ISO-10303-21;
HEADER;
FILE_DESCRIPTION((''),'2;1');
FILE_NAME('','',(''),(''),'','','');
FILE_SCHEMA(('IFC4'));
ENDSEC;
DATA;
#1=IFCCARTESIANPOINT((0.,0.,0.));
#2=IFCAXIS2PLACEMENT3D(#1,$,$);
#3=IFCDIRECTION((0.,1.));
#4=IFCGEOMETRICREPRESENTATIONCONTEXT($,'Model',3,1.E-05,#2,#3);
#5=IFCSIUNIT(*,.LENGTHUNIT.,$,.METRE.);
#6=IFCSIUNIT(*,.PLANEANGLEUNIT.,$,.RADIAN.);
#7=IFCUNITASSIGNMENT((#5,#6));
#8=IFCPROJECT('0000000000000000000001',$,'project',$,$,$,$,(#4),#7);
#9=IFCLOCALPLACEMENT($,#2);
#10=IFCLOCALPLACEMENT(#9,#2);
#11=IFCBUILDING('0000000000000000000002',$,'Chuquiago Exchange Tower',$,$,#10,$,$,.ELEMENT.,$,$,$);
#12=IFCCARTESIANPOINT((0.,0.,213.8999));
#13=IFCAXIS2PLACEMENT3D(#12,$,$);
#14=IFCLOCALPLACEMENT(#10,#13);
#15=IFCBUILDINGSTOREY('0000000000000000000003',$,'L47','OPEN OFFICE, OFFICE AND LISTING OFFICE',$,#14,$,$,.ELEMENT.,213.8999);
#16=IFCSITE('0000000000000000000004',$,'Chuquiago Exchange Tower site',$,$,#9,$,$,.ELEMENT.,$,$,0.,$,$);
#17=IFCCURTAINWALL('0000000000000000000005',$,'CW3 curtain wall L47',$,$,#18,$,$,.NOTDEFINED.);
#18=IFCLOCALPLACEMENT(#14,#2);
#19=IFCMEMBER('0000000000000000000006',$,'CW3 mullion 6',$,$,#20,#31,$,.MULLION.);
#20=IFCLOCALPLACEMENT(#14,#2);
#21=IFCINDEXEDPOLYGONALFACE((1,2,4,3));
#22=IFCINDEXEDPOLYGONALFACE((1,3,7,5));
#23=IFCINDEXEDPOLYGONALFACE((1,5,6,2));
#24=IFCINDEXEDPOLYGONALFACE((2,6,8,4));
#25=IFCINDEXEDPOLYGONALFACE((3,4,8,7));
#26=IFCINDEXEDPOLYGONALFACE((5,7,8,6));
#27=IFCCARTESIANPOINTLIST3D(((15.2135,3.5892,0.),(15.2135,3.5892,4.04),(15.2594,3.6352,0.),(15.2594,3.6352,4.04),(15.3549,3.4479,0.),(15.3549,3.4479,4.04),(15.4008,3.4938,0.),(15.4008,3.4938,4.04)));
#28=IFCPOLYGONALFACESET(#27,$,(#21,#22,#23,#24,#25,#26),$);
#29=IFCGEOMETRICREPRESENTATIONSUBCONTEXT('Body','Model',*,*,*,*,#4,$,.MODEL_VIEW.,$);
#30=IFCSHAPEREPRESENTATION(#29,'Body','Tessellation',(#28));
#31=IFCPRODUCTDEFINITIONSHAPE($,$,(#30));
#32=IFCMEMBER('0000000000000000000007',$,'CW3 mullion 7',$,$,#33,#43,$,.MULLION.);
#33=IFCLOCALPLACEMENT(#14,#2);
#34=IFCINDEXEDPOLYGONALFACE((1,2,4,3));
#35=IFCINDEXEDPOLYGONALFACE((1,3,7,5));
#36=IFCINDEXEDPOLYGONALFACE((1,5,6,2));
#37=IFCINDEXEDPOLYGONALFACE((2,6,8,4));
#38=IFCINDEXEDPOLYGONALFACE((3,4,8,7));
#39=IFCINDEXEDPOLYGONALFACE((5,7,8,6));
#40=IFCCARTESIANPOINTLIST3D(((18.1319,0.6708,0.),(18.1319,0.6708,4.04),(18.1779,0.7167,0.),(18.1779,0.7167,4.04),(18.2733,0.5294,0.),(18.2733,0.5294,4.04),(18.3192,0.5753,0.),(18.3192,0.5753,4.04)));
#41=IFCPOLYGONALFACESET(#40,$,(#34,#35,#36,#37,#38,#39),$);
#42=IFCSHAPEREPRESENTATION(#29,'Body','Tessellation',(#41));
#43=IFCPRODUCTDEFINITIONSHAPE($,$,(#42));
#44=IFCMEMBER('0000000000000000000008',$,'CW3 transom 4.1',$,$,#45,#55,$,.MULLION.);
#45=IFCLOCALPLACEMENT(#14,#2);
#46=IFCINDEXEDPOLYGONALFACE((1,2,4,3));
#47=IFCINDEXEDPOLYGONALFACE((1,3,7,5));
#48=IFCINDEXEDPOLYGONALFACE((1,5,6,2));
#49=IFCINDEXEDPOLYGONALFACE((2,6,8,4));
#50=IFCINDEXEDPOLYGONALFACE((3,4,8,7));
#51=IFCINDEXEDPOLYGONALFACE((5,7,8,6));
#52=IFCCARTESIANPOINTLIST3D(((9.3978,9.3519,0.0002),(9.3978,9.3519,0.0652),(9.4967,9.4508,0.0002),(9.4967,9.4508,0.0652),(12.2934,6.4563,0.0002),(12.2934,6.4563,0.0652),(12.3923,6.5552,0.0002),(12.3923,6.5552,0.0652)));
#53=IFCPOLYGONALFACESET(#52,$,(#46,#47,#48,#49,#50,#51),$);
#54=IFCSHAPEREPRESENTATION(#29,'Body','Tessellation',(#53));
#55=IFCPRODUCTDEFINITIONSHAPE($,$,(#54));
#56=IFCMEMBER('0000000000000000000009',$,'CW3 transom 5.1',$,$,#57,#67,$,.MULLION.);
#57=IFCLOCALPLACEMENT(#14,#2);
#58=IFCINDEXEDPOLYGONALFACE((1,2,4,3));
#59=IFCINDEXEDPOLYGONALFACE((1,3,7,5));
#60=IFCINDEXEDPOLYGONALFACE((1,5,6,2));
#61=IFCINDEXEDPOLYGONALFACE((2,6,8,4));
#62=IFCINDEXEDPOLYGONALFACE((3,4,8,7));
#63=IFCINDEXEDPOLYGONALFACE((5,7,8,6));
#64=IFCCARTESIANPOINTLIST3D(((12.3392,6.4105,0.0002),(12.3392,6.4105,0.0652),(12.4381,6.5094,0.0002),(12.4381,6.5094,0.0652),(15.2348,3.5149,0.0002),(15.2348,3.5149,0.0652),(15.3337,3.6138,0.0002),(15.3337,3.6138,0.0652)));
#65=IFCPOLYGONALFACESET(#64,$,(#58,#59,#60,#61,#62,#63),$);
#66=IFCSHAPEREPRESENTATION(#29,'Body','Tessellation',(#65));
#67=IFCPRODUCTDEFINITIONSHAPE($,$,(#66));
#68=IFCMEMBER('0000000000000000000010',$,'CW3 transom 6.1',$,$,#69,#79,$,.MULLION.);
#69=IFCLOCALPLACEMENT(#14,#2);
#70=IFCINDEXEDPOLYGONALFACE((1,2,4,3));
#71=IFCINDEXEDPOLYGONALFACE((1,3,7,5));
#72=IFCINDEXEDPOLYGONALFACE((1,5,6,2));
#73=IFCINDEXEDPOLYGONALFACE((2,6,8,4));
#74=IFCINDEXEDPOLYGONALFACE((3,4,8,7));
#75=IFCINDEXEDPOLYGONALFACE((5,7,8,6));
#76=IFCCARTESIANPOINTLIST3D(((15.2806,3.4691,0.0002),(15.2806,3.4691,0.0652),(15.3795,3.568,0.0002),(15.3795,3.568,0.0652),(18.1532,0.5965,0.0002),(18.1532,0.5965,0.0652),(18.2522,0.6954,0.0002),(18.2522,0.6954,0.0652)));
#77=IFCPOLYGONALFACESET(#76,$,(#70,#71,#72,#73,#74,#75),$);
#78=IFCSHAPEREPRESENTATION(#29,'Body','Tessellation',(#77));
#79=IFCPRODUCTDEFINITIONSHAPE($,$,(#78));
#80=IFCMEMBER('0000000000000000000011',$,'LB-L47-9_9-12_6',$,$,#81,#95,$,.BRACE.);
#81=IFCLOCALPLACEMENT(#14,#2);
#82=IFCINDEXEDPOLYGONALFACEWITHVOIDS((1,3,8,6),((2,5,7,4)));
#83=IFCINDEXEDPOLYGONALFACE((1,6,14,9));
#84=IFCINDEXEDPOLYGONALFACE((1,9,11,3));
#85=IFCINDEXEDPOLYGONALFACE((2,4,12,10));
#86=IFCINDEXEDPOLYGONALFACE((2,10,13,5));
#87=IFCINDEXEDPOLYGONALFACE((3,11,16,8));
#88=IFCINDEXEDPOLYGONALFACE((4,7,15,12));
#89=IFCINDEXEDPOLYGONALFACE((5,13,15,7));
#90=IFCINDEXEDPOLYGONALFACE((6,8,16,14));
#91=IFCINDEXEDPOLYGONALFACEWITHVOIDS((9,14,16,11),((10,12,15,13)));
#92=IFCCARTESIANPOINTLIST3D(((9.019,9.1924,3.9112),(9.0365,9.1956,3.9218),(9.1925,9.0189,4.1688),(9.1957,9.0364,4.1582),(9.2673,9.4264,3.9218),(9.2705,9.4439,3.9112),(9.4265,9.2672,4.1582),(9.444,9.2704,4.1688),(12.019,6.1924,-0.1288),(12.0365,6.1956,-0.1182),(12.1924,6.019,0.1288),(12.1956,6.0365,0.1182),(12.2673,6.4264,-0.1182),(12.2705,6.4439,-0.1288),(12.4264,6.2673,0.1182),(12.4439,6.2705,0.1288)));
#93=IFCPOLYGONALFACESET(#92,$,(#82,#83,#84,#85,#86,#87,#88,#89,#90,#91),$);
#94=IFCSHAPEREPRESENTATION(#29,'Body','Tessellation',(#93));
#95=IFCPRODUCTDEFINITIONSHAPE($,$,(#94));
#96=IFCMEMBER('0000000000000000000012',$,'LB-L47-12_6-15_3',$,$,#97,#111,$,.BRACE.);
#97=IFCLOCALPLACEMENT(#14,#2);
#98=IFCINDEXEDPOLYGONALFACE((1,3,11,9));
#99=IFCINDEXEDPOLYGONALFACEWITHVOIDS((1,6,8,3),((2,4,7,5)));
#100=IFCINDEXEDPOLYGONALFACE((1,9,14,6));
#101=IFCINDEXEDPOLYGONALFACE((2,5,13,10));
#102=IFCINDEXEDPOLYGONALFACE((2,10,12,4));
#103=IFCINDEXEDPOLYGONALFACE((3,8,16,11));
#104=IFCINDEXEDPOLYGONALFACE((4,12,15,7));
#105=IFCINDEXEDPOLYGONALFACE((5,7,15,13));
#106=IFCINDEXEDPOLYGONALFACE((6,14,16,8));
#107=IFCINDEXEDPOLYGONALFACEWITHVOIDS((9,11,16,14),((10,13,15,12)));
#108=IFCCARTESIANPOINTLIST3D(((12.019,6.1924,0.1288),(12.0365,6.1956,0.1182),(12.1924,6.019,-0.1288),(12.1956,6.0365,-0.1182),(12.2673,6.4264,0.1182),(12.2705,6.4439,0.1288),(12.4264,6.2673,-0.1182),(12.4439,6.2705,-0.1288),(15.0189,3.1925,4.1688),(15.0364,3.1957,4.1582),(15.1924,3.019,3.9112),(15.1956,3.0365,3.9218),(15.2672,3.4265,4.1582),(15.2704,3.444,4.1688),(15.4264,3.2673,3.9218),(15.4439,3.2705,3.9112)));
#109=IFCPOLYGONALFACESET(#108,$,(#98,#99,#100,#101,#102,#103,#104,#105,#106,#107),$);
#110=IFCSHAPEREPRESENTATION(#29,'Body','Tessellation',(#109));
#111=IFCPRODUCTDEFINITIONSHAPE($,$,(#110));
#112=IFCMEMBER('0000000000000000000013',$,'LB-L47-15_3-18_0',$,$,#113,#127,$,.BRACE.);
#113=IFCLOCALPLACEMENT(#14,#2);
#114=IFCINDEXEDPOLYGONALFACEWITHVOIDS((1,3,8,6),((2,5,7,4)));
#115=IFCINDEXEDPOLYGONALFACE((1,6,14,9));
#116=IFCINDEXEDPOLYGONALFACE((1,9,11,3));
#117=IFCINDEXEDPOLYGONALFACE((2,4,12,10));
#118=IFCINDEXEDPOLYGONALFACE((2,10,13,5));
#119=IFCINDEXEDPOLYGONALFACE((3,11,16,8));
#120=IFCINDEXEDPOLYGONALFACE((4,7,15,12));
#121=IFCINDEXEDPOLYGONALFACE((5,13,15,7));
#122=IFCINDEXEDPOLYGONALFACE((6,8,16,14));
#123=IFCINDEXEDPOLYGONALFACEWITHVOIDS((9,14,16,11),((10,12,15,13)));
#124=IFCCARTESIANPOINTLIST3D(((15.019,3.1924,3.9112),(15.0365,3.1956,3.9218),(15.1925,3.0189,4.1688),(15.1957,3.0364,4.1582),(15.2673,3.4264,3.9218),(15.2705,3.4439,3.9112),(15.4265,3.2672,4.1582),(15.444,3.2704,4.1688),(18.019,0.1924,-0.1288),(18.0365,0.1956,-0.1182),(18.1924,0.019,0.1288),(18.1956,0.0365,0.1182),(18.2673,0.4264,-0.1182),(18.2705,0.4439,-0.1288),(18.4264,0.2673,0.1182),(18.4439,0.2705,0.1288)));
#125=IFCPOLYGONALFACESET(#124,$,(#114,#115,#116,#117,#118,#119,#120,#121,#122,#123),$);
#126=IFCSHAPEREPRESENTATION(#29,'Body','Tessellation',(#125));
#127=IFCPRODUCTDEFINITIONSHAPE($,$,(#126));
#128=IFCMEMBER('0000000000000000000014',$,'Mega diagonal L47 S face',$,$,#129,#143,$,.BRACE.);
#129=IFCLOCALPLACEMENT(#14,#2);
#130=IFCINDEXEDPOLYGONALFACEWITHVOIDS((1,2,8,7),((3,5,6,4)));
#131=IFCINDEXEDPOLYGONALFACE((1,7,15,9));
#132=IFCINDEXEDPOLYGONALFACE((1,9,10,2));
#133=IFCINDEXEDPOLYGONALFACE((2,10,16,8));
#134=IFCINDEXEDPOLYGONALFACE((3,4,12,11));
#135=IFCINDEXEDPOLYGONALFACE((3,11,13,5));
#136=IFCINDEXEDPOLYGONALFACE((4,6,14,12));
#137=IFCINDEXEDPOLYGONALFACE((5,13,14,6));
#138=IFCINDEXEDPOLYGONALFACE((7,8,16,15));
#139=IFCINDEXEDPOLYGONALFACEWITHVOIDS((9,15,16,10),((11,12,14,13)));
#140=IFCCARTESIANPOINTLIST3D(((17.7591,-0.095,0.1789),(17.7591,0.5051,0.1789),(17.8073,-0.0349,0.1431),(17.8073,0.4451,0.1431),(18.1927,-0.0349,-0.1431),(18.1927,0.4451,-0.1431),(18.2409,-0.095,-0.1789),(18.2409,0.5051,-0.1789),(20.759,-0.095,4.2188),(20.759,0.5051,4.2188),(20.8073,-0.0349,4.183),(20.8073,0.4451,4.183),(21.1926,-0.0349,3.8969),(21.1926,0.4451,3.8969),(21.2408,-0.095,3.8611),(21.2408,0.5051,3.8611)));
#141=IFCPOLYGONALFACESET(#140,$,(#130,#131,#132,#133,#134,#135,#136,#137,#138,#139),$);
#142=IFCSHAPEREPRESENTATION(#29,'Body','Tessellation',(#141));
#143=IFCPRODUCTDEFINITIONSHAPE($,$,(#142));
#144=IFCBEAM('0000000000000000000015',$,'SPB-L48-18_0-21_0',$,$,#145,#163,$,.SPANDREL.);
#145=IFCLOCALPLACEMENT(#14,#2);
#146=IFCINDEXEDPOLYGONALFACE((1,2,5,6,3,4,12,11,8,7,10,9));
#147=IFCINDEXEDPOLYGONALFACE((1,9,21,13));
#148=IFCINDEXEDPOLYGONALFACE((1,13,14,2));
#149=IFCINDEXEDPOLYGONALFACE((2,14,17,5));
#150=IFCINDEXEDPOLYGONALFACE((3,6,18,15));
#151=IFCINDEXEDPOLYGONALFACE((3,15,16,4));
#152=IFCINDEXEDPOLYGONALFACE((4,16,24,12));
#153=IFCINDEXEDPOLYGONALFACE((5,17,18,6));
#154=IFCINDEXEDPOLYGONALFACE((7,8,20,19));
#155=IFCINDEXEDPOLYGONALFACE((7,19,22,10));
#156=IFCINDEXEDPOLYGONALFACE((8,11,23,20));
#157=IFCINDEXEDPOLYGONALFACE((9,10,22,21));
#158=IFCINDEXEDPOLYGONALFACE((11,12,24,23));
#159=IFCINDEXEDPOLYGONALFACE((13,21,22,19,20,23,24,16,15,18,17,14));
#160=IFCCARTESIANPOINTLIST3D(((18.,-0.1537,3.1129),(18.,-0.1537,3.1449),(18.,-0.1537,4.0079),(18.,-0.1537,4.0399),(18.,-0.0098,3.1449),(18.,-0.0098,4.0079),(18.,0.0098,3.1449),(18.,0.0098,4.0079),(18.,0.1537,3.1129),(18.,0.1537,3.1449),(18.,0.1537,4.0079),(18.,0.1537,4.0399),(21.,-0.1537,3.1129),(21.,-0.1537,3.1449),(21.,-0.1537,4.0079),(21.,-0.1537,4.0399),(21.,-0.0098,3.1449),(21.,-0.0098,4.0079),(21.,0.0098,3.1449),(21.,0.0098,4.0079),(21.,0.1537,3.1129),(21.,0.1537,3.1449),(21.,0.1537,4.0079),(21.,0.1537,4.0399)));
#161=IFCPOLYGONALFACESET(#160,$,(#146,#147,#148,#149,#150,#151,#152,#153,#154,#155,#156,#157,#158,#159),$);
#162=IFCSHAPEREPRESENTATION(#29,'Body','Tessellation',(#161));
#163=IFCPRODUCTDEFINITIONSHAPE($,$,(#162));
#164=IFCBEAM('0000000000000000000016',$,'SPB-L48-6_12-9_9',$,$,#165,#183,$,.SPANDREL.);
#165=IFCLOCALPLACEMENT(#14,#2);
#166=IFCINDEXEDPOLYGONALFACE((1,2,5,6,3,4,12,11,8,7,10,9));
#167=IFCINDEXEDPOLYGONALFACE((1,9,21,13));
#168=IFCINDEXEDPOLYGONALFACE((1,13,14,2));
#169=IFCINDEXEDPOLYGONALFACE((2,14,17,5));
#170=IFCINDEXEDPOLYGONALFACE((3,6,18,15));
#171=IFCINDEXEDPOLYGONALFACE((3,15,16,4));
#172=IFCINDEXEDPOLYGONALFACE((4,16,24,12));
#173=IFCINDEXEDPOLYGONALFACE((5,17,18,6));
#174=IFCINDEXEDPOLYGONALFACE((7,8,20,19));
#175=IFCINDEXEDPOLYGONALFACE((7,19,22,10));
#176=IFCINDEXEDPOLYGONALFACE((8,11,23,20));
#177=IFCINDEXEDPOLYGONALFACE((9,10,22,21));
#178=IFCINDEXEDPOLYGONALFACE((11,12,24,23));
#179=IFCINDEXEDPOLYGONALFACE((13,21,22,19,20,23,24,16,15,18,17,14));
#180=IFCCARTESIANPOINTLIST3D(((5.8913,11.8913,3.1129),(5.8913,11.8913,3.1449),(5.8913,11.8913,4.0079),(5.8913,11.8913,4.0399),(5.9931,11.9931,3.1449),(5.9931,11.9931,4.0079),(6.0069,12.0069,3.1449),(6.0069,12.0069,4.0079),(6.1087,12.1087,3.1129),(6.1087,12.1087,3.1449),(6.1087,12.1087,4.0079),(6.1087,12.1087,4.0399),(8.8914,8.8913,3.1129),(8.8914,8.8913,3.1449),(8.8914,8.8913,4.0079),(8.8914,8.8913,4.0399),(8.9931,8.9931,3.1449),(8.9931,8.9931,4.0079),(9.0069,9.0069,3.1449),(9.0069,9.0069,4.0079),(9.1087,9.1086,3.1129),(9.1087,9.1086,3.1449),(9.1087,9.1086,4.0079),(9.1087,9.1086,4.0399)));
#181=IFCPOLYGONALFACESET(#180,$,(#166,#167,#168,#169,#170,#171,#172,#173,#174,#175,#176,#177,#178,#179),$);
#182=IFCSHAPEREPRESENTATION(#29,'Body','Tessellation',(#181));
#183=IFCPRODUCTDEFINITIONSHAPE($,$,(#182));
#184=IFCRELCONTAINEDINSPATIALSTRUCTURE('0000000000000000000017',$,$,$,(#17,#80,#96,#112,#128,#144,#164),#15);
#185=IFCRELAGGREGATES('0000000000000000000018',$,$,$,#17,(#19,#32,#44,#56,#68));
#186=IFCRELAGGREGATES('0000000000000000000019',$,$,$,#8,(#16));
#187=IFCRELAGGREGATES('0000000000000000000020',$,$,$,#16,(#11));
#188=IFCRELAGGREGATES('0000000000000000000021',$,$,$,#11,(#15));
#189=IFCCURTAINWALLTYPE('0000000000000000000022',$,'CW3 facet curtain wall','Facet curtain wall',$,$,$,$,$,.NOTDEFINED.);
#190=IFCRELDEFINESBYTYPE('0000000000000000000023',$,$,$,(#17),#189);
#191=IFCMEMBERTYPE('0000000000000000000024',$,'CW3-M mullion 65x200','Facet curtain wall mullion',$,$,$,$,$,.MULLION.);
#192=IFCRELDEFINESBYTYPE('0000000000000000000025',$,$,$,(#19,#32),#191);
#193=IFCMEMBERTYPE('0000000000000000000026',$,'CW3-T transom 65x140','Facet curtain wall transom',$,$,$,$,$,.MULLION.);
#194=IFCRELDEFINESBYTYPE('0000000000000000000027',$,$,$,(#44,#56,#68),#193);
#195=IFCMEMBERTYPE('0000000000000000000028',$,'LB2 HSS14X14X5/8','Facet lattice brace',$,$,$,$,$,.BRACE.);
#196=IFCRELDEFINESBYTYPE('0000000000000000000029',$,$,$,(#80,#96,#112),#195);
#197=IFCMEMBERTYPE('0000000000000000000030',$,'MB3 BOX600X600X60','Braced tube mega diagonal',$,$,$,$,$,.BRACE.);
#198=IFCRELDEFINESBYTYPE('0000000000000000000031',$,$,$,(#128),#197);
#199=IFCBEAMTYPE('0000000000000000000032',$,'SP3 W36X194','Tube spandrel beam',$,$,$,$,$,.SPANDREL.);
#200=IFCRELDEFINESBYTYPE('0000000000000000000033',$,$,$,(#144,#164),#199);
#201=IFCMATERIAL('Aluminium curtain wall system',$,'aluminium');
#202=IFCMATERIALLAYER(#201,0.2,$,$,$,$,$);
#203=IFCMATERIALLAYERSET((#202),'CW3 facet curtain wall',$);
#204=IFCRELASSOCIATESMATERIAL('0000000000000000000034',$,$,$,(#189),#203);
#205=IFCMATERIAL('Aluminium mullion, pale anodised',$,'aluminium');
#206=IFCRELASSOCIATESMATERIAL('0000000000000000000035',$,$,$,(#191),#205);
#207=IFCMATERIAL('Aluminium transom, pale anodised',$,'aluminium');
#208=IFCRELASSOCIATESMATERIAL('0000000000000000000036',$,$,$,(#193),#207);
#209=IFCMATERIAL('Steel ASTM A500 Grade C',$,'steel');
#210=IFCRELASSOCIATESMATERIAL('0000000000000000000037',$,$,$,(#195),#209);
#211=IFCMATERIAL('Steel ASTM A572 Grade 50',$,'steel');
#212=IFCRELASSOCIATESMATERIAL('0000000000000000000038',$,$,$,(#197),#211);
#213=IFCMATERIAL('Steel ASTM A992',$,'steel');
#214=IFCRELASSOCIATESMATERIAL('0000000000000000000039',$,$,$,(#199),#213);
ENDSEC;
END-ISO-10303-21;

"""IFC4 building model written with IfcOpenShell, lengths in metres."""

from ifc_helpers import new_model, si_unit, direction, frame, origin, origin_2d, place, context, subcontext, project, spatial, rectangle, hollow_rectangle, i_section, extrude, material, layer, layer_set, material_profile, profile_set, type_object, element, aggregate, save


model = new_model("IFC4")

# Units and contexts
model_context = context("Model", 3, precision=1e-05, world=origin(), true_north=direction((0.0, 1.0)))
body_context = subcontext(model_context, "Body", "Model", "MODEL_VIEW")
ifc_project = project(units=[si_unit("LENGTHUNIT", "METRE"), si_unit("PLANEANGLEUNIT", "RADIAN")], contexts=[model_context])

# Site, building, storey
site_placement = place(None, origin())
site = spatial("IfcSite", under=ifc_project, at=site_placement, Name="Chuquiago Exchange Tower site", CompositionType="ELEMENT", RefElevation=0.0)
building_placement = place(site_placement, origin())
building = spatial("IfcBuilding", under=site, at=building_placement, Name="Chuquiago Exchange Tower", CompositionType="ELEMENT")
storey_placement = place(building_placement, frame((0.0, 0.0, 213.8999)))
storey = spatial("IfcBuildingStorey", under=building, at=storey_placement, Name="L47", Description="OPEN OFFICE, OFFICE AND LISTING OFFICE", CompositionType="ELEMENT", Elevation=213.8999)

# Curtain wall, members
ifc_material_1 = material(Name="Aluminium curtain wall system", Category="aluminium")
ifc_layer_1 = layer(ifc_material_1, 0.2)
ifc_layer_set_1 = layer_set([ifc_layer_1], Name="CW3 facet curtain wall")
curtain_wall_type_1 = type_object("IfcCurtainWallType", Name="CW3 facet curtain wall", Description="Facet curtain wall", PredefinedType="NOTDEFINED", material=ifc_layer_set_1)
curtain_wall_1_placement = place(storey_placement, origin())
curtain_wall_1 = element("IfcCurtainWall", 1, at=curtain_wall_1_placement, inside=storey, type_object=curtain_wall_type_1, Name="CW3 curtain wall L47", PredefinedType="NOTDEFINED")
ifc_material_2 = material(Name="Aluminium mullion, pale anodised", Category="aluminium")
ifc_material_profile_1 = material_profile(ifc_material_2, rectangle(XDim=0.0649, YDim=0.2, at=origin_2d()), Name="AL 65x200")
ifc_profile_set_1 = profile_set([ifc_material_profile_1], Name="Aluminium mullion, pale anodised")
member_type_1 = type_object("IfcMemberType", Name="CW3-M mullion 65x200", Description="Facet curtain wall mullion", PredefinedType="MULLION", material=ifc_profile_set_1)
member_1_placement = place(storey_placement, frame((15.3071, 3.5415, 0.0), z_axis=(0.0, 0.0, 1.0), x_axis=(0.707107, 0.707107, 0.0)))
member_1 = element("IfcMember", 2, at=member_1_placement, type_object=member_type_1, Name="CW3 mullion 6", PredefinedType="MULLION", context=body_context, shape_type="SweptSolid", body=[
    extrude(rectangle(XDim=0.0649, YDim=0.2, at=origin_2d()), origin(), (0.0, 0.0, 1.0), 4.04),
])
member_2_placement = place(storey_placement, frame((18.2256, 0.623, 0.0), z_axis=(0.0, 0.0, 1.0), x_axis=(0.707107, 0.707107, 0.0)))
member_2 = element("IfcMember", 3, at=member_2_placement, type_object=member_type_1, Name="CW3 mullion 7", PredefinedType="MULLION", context=body_context, shape_type="SweptSolid", body=[
    extrude(rectangle(XDim=0.0649, YDim=0.2, at=origin_2d()), origin(), (0.0, 0.0, 1.0), 4.04),
])
ifc_material_3 = material(Name="Aluminium transom, pale anodised", Category="aluminium")
ifc_material_profile_2 = material_profile(ifc_material_3, rectangle(XDim=0.1399, YDim=0.0649, at=origin_2d()), Name="AL 140x65")
ifc_profile_set_2 = profile_set([ifc_material_profile_2], Name="Aluminium transom, pale anodised")
member_type_2 = type_object("IfcMemberType", Name="CW3-T transom 65x140", Description="Facet curtain wall transom", PredefinedType="MULLION", material=ifc_profile_set_2)
member_3_placement = place(storey_placement, frame((9.4473, 9.4014, 0.0327), z_axis=(0.707107, -0.707107, 0.0), x_axis=(0.707107, 0.707107, 0.0)))
member_3 = element("IfcMember", 4, at=member_3_placement, type_object=member_type_2, Name="CW3 transom 4.1", PredefinedType="MULLION", context=body_context, shape_type="SweptSolid", body=[
    extrude(rectangle(XDim=0.1399, YDim=0.0649, at=origin_2d()), origin(), (0.0, 0.0, 1.0), 4.095),
])
member_4_placement = place(storey_placement, frame((12.3887, 6.46, 0.0327), z_axis=(0.707107, -0.707107, 0.0), x_axis=(0.707107, 0.707107, 0.0)))
member_4 = element("IfcMember", 5, at=member_4_placement, type_object=member_type_2, Name="CW3 transom 5.1", PredefinedType="MULLION", context=body_context, shape_type="SweptSolid", body=[
    extrude(rectangle(XDim=0.1399, YDim=0.0649, at=origin_2d()), origin(), (0.0, 0.0, 1.0), 4.095),
])
member_5_placement = place(storey_placement, frame((15.3301, 3.5186, 0.0327), z_axis=(0.707107, -0.707107, 0.0), x_axis=(0.707107, 0.707107, 0.0)))
member_5 = element("IfcMember", 6, at=member_5_placement, type_object=member_type_2, Name="CW3 transom 6.1", PredefinedType="MULLION", context=body_context, shape_type="SweptSolid", body=[
    extrude(rectangle(XDim=0.1399, YDim=0.0649, at=origin_2d()), origin(), (0.0, 0.0, 1.0), 4.0625),
])

# Members
ifc_material_4 = material(Name="Steel ASTM A500 Grade C", Category="steel")
ifc_material_profile_3 = material_profile(ifc_material_4, hollow_rectangle(XDim=0.3557, YDim=0.3557, WallThickness=0.0146, at=origin_2d()), Name="HSS14X14X5/8")
ifc_profile_set_3 = profile_set([ifc_material_profile_3], Name="Steel ASTM A500 Grade C")
member_type_3 = type_object("IfcMemberType", Name="LB2 HSS14X14X5/8", Description="Facet lattice brace", PredefinedType="BRACE", material=ifc_profile_set_3)
for number, where, z_axis, x_axis, name in (
    (7, (12.2314, 6.2314, 0.0), (-0.512077, 0.512077, 0.689604), (-0.707107, -0.707107, 0.0), "LB-L47-9_9-12_6"),
    (8, (12.2314, 6.2314, 0.0), (0.512077, -0.512077, 0.689604), (0.707107, 0.707107, 0.0), "LB-L47-12_6-15_3"),
    (9, (18.2314, 0.2314, 0.0), (-0.512077, 0.512077, 0.689604), (-0.707107, -0.707107, 0.0), "LB-L47-15_3-18_0"),
):
    element("IfcMember", number, at=place(storey_placement, frame(where, z_axis=z_axis, x_axis=x_axis)), inside=storey, type_object=member_type_3, Name=name, PredefinedType="BRACE", context=body_context, shape_type="SweptSolid", body=[
        extrude(hollow_rectangle(XDim=0.3557, YDim=0.3557, WallThickness=0.0146, at=origin_2d()), origin(), (0.0, 0.0, 1.0), 5.8584),
    ])
ifc_material_5 = material(Name="Steel ASTM A572 Grade 50", Category="steel")
ifc_material_profile_4 = material_profile(ifc_material_5, hollow_rectangle(XDim=0.6001, YDim=0.6001, WallThickness=0.0601, at=origin_2d()), Name="BOX600X600X60")
ifc_profile_set_4 = profile_set([ifc_material_profile_4], Name="Steel ASTM A572 Grade 50")
member_type_4 = type_object("IfcMemberType", Name="MB3 BOX600X600X60", Description="Braced tube mega diagonal", PredefinedType="BRACE", material=ifc_profile_set_4)
member_6_placement = place(storey_placement, frame((18.0, 0.2051, 0.0), z_axis=(0.596174, 0.0, 0.802855), x_axis=(0.0, 1.0, 0.0)))
element("IfcMember", 10, at=member_6_placement, inside=storey, type_object=member_type_4, Name="Mega diagonal L47 S face", PredefinedType="BRACE", context=body_context, shape_type="SweptSolid", body=[
    extrude(hollow_rectangle(XDim=0.6001, YDim=0.6001, WallThickness=0.0601, at=origin_2d()), origin(), (0.0, 0.0, 1.0), 5.032),
])

# Beams
ifc_material_6 = material(Name="Steel ASTM A992", Category="steel")
ifc_material_profile_5 = material_profile(ifc_material_6, i_section(OverallWidth=0.3074, OverallDepth=0.927, WebThickness=0.0195, FlangeThickness=0.032, at=origin_2d()), Name="W36X194")
ifc_profile_set_5 = profile_set([ifc_material_profile_5], Name="Steel ASTM A992")
beam_type_1 = type_object("IfcBeamType", Name="SP3 W36X194", Description="Tube spandrel beam", PredefinedType="SPANDREL", material=ifc_profile_set_5)
beam_1_placement = place(storey_placement, frame((18.0, 0.0, 3.5764), z_axis=(1.0, 0.0, 0.0), x_axis=(0.0, 1.0, 0.0)))
element("IfcBeam", 11, at=beam_1_placement, inside=storey, type_object=beam_type_1, Name="SPB-L48-18_0-21_0", PredefinedType="SPANDREL", context=body_context, shape_type="SweptSolid", body=[
    extrude(i_section(OverallWidth=0.3074, OverallDepth=0.927, WebThickness=0.0195, FlangeThickness=0.032, at=origin_2d()), origin(), (0.0, 0.0, 1.0), 3.0),
])
for number, where, z_axis, x_axis, name in (
    (12, (6.0, 12.0, 3.5764), (0.707107, -0.707107, 0.0), (0.707107, 0.707107, 0.0), "SPB-L48-6_12-9_9"),
):
    element("IfcBeam", number, at=place(storey_placement, frame(where, z_axis=z_axis, x_axis=x_axis)), inside=storey, type_object=beam_type_1, Name=name, PredefinedType="SPANDREL", context=body_context, shape_type="SweptSolid", body=[
        extrude(i_section(OverallWidth=0.3074, OverallDepth=0.927, WebThickness=0.0195, FlangeThickness=0.032, at=origin_2d()), origin(), (0.0, 0.0, 1.0), 4.2427),
    ])

aggregate(curtain_wall_1, [member_1, member_2, member_3, member_4, member_5])

save(model, "model.ifc")
